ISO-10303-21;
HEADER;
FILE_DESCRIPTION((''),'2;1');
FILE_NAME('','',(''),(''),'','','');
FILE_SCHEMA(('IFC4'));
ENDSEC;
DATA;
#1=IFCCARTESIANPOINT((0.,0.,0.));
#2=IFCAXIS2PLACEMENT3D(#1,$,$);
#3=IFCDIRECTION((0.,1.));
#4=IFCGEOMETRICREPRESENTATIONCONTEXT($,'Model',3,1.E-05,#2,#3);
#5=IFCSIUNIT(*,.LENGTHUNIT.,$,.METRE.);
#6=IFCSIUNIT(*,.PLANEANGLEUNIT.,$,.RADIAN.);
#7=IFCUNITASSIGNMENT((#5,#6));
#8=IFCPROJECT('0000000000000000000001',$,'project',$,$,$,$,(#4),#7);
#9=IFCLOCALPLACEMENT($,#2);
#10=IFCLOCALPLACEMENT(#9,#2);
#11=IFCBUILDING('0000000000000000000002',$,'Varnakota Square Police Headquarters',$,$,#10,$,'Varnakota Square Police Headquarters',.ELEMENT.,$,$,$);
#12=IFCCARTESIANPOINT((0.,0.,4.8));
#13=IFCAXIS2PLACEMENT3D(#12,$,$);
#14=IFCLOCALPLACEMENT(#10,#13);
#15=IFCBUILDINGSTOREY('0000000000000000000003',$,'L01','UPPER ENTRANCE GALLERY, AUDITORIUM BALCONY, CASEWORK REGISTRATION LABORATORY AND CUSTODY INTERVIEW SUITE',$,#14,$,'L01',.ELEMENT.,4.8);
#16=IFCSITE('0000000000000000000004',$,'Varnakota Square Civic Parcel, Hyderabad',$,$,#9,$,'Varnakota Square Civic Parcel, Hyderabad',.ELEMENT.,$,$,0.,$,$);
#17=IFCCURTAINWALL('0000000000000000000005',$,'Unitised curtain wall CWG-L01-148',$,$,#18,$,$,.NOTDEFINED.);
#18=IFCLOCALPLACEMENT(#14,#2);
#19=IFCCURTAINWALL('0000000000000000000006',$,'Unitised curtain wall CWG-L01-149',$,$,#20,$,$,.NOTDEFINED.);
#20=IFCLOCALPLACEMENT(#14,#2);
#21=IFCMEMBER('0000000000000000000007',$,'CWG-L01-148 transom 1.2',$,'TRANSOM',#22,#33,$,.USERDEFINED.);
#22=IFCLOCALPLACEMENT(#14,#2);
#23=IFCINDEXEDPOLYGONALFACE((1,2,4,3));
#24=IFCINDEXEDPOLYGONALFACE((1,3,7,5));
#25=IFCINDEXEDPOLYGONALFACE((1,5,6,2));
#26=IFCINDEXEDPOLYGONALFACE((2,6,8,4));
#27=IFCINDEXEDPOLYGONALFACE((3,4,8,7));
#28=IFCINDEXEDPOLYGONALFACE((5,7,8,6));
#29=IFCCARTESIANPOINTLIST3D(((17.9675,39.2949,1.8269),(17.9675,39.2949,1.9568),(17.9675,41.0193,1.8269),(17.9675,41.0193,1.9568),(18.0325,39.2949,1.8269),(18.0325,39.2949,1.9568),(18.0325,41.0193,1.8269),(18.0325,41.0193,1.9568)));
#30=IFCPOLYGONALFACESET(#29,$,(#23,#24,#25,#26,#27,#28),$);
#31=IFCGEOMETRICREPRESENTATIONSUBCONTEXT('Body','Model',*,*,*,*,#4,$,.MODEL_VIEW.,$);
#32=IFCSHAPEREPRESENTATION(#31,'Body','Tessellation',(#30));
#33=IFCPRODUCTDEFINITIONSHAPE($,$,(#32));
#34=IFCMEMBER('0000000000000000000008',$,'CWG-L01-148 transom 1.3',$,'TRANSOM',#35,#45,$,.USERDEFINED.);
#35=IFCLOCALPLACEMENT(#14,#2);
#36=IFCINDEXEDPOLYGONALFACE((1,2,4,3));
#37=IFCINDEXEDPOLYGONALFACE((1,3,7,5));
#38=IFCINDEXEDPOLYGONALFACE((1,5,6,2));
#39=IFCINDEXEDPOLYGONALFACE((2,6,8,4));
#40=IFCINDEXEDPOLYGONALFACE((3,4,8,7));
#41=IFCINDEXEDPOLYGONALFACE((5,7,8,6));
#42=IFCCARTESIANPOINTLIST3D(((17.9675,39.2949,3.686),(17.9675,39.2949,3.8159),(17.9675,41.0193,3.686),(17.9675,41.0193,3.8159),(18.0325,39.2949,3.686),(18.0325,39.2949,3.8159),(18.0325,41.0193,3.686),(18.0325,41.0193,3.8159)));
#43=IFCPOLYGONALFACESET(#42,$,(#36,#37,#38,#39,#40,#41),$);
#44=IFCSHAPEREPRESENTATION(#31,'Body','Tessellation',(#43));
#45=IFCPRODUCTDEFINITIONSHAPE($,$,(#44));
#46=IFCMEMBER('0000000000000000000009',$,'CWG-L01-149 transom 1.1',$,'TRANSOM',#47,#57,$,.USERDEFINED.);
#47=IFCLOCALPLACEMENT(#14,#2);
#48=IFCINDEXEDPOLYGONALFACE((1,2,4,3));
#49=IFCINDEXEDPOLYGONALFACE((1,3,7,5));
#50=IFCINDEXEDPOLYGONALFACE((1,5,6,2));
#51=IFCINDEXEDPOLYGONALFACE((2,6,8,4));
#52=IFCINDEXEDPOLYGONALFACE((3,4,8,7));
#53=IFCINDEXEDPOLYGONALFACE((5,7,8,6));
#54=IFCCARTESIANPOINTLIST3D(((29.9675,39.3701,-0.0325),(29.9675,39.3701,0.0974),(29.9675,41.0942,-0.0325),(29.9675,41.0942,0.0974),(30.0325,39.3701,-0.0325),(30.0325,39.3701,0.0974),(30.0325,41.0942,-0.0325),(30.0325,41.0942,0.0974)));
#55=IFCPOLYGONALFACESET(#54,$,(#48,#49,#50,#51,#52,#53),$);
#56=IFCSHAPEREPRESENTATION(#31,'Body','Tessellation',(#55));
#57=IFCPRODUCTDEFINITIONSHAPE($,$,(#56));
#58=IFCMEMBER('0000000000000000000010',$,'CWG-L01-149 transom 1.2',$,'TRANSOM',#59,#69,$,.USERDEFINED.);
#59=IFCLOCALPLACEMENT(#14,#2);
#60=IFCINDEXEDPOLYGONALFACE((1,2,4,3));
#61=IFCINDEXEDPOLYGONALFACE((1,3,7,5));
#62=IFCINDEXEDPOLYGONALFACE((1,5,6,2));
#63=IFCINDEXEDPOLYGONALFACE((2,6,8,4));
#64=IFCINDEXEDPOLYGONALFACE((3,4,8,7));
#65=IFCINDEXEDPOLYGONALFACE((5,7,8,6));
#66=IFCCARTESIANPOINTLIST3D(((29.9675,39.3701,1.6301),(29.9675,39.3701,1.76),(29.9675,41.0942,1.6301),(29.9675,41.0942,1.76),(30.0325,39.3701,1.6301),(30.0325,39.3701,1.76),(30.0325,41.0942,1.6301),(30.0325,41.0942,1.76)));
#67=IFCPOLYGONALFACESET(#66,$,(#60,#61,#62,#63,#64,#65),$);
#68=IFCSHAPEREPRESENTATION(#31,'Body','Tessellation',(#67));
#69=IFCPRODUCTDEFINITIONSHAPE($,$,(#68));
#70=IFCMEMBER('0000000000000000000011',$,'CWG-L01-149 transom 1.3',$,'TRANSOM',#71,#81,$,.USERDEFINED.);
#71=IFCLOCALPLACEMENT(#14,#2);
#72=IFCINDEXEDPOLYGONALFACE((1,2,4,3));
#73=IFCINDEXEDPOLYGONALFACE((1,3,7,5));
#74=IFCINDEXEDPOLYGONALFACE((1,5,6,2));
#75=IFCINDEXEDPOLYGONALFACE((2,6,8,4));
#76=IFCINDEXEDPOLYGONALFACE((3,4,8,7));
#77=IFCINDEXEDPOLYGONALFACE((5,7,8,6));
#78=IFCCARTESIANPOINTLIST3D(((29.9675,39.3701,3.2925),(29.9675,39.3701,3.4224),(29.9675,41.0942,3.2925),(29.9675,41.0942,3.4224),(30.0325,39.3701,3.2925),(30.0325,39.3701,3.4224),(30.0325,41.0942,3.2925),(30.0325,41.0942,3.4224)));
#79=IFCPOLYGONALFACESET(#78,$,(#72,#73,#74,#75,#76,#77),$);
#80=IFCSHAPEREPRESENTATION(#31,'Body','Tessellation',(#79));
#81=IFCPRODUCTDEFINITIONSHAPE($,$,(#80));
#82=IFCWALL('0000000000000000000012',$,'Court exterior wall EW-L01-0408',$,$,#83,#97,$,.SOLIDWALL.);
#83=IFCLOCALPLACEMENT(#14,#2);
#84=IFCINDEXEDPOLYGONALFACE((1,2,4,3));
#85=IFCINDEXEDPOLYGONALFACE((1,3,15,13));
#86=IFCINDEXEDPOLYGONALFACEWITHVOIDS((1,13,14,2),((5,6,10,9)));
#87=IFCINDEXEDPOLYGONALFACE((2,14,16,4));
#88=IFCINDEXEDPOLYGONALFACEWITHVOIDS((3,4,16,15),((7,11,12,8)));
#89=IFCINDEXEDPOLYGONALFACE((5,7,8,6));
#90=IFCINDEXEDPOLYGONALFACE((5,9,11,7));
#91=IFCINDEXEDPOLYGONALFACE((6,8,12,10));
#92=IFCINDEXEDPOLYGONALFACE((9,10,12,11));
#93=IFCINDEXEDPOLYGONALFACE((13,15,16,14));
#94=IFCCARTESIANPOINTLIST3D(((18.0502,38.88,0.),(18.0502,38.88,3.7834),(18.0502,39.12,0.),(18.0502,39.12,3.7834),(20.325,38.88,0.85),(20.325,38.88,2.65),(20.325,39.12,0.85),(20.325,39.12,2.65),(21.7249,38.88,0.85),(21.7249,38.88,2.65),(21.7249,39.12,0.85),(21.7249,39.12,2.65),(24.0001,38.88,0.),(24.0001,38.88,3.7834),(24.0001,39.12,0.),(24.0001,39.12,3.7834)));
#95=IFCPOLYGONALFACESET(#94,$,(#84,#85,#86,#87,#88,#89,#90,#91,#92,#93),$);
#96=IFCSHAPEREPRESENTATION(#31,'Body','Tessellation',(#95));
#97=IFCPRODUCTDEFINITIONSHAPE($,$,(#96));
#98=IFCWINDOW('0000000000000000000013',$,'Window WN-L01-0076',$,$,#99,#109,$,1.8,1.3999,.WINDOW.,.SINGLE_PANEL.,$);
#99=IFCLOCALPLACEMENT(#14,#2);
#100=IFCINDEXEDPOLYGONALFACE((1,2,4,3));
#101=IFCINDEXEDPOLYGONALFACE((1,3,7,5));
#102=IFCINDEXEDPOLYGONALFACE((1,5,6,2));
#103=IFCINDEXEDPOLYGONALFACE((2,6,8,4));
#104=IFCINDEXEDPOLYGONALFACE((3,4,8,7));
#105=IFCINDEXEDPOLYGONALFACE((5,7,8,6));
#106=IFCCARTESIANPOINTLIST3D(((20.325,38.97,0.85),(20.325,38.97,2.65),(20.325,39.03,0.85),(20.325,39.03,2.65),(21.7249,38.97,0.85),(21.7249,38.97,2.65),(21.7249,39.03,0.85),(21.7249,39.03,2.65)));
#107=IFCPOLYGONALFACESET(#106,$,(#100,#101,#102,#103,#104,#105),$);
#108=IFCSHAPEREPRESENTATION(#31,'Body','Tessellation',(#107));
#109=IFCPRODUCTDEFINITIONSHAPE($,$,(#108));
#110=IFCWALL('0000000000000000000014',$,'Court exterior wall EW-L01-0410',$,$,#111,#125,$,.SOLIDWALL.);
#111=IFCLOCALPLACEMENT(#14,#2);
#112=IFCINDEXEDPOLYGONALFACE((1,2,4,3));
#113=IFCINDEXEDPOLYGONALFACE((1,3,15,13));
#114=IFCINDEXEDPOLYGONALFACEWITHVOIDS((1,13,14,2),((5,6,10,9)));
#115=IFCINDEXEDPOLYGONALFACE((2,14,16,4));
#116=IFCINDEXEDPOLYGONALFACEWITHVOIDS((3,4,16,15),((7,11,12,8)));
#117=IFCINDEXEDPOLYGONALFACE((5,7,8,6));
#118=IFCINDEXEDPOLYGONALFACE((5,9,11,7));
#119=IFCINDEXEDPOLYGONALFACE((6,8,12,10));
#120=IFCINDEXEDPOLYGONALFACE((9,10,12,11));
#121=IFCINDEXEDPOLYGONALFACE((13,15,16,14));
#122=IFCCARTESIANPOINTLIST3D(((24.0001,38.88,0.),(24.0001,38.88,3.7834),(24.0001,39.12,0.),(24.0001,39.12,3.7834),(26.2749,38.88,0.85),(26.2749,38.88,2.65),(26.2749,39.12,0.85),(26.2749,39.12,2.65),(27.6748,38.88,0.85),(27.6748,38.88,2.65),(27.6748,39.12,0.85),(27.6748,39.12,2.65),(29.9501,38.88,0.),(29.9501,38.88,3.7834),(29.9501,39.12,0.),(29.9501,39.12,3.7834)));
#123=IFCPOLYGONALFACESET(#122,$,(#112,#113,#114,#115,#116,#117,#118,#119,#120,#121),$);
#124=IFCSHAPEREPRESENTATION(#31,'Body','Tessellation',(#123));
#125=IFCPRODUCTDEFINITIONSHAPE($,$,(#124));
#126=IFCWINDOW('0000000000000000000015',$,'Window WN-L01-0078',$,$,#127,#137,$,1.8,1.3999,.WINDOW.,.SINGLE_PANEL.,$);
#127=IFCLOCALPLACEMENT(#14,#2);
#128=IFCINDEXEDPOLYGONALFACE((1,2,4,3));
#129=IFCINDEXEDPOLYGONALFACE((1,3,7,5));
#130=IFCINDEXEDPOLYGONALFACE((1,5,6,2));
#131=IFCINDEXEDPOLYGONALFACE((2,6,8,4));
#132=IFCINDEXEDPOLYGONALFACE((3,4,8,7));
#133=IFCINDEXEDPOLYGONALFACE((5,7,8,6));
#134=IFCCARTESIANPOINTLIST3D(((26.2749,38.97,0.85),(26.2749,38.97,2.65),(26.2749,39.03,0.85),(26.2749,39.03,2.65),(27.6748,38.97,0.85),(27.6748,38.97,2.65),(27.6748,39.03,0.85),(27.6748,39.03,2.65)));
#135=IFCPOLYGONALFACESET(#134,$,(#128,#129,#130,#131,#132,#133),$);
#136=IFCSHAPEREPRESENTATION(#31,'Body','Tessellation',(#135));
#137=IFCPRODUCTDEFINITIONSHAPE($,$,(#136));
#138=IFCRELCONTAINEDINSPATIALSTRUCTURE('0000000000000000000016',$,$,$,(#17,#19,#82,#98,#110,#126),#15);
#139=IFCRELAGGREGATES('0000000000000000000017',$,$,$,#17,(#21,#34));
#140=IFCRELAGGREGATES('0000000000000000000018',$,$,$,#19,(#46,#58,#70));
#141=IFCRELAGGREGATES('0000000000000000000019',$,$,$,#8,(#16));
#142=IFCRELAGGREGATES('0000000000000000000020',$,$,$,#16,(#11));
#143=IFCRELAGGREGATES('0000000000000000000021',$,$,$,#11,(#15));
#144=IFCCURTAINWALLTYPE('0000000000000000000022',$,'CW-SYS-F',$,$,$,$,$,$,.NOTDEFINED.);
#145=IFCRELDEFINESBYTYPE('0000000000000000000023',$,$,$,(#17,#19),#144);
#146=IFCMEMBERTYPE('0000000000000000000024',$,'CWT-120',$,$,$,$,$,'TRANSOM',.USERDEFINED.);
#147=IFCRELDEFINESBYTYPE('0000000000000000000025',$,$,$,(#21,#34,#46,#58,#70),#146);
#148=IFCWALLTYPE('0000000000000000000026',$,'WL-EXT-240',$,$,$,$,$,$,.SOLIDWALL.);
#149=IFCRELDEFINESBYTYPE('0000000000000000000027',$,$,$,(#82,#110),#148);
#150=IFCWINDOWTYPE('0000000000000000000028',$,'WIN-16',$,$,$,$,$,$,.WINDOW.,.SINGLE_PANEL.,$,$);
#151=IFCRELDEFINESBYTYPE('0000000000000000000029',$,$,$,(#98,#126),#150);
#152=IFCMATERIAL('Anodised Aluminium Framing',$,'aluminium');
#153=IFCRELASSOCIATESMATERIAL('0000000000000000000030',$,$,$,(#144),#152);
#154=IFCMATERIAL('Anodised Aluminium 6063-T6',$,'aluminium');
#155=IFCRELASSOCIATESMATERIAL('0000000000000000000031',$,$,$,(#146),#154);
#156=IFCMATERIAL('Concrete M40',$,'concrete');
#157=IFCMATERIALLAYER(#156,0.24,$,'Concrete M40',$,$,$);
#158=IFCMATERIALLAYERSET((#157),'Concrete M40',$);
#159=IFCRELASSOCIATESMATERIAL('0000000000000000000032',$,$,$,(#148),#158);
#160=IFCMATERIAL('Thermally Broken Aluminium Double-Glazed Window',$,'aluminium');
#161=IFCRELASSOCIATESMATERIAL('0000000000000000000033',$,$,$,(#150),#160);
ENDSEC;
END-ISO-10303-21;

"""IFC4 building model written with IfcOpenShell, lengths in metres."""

from ifc_helpers import new_model, si_unit, direction, frame, frame_2d, origin, origin_2d, place, context, subcontext, project, spatial, rectangle, extrude, material, layer, layer_set, material_profile, profile_set, type_object, element, fill, aggregate, save


model = new_model("IFC4")

# Units and contexts
model_context = context("Model", 3, precision=1e-05, world=origin(), true_north=direction((0.0, 1.0)))
body_context = subcontext(model_context, "Body", "Model", "MODEL_VIEW")
ifc_project = project(units=[si_unit("LENGTHUNIT", "METRE"), si_unit("PLANEANGLEUNIT", "RADIAN")], contexts=[model_context])

# Site, building, storey
site_placement = place(None, origin())
site = spatial("IfcSite", under=ifc_project, at=site_placement, Name="Varnakota Square Civic Parcel, Hyderabad", LongName="Varnakota Square Civic Parcel, Hyderabad", CompositionType="ELEMENT", RefElevation=0.0)
building_placement = place(site_placement, origin())
building = spatial("IfcBuilding", under=site, at=building_placement, Name="Varnakota Square Police Headquarters", LongName="Varnakota Square Police Headquarters", CompositionType="ELEMENT")
storey_placement = place(building_placement, frame((0.0, 0.0, 4.8)))
storey = spatial("IfcBuildingStorey", under=building, at=storey_placement, Name="L01", Description="UPPER ENTRANCE GALLERY, AUDITORIUM BALCONY, CASEWORK REGISTRATION LABORATORY AND CUSTODY INTERVIEW SUITE", LongName="L01", CompositionType="ELEMENT", Elevation=4.8)

# Curtain walls
ifc_material_1 = material(Name="Anodised Aluminium Framing", Category="aluminium")
curtain_wall_type = type_object("IfcCurtainWallType", Name="CW-SYS-F", PredefinedType="NOTDEFINED", material=ifc_material_1)
curtain_wall_1_placement = place(storey_placement, origin())
curtain_wall_1 = element("IfcCurtainWall", 1, at=curtain_wall_1_placement, inside=storey, type_object=curtain_wall_type, Name="Unitised curtain wall CWG-L01-148", PredefinedType="NOTDEFINED")
ifc_material_2 = material(Name="Anodised Aluminium 6063-T6", Category="aluminium")
curtain_wall_2_placement = place(storey_placement, origin())
curtain_wall_2 = element("IfcCurtainWall", 2, at=curtain_wall_2_placement, inside=storey, type_object=curtain_wall_type, Name="Unitised curtain wall CWG-L01-149", PredefinedType="NOTDEFINED")

# Members
ifc_material_profile_1 = material_profile(ifc_material_2, rectangle(XDim=0.0649, YDim=0.1299, at=origin_2d()), Name="ALU TRANSOM 65x130")
ifc_profile_set_1 = profile_set([ifc_material_profile_1], Name="Anodised Aluminium 6063-T6")
member_type_1 = type_object("IfcMemberType", Name="CWT-120", ElementType="TRANSOM", PredefinedType="USERDEFINED", material=ifc_profile_set_1)
member_1_placement = place(storey_placement, frame((18.0, 39.2949, 1.8918), z_axis=(0.0, 1.0, 0.0), x_axis=(-1.0, 0.0, 0.0)))
member_1 = element("IfcMember", 3, at=member_1_placement, type_object=member_type_1, Name="CWG-L01-148 transom 1.2", ObjectType="TRANSOM", PredefinedType="USERDEFINED", context=body_context, shape_type="SweptSolid", body=[
    extrude(rectangle(XDim=0.0649, YDim=0.1299, at=origin_2d()), origin(), (0.0, 0.0, 1.0), 1.7244),
])
member_2_placement = place(storey_placement, frame((18.0, 39.2949, 3.751), z_axis=(0.0, 1.0, 0.0), x_axis=(-1.0, 0.0, 0.0)))
member_2 = element("IfcMember", 4, at=member_2_placement, type_object=member_type_1, Name="CWG-L01-148 transom 1.3", ObjectType="TRANSOM", PredefinedType="USERDEFINED", context=body_context, shape_type="SweptSolid", body=[
    extrude(rectangle(XDim=0.0649, YDim=0.1299, at=origin_2d()), origin(), (0.0, 0.0, 1.0), 1.7244),
])
aggregate(curtain_wall_1, [member_1, member_2])
member_3_placement = place(storey_placement, frame((30.0, 39.3701, 0.0325), z_axis=(0.0, 1.0, 0.0), x_axis=(-1.0, 0.0, 0.0)))
member_3 = element("IfcMember", 5, at=member_3_placement, type_object=member_type_1, Name="CWG-L01-149 transom 1.1", ObjectType="TRANSOM", PredefinedType="USERDEFINED", context=body_context, shape_type="SweptSolid", body=[
    extrude(rectangle(XDim=0.0649, YDim=0.1299, at=origin_2d()), origin(), (0.0, 0.0, 1.0), 1.7241),
])
member_4_placement = place(storey_placement, frame((30.0, 39.3701, 1.6951), z_axis=(0.0, 1.0, 0.0), x_axis=(-1.0, 0.0, 0.0)))
member_4 = element("IfcMember", 6, at=member_4_placement, type_object=member_type_1, Name="CWG-L01-149 transom 1.2", ObjectType="TRANSOM", PredefinedType="USERDEFINED", context=body_context, shape_type="SweptSolid", body=[
    extrude(rectangle(XDim=0.0649, YDim=0.1299, at=origin_2d()), origin(), (0.0, 0.0, 1.0), 1.7241),
])
member_5_placement = place(storey_placement, frame((30.0, 39.3701, 3.3574), z_axis=(0.0, 1.0, 0.0), x_axis=(-1.0, 0.0, 0.0)))
member_5 = element("IfcMember", 7, at=member_5_placement, type_object=member_type_1, Name="CWG-L01-149 transom 1.3", ObjectType="TRANSOM", PredefinedType="USERDEFINED", context=body_context, shape_type="SweptSolid", body=[
    extrude(rectangle(XDim=0.0649, YDim=0.1299, at=origin_2d()), origin(), (0.0, 0.0, 1.0), 1.7241),
])
aggregate(curtain_wall_2, [member_3, member_4, member_5])

# Walls, openings, windows
ifc_material_3 = material(Name="Concrete M40", Category="concrete")
ifc_layer = layer(ifc_material_3, 0.24, Name="Concrete M40")
ifc_layer_set = layer_set([ifc_layer], Name="Concrete M40")
wall_type = type_object("IfcWallType", Name="WL-EXT-240", PredefinedType="SOLIDWALL", material=ifc_layer_set)
wall_1_placement = place(storey_placement, frame((18.05, 39.0, 0.0), z_axis=(0.0, 0.0, 1.0), x_axis=(1.0, 0.0, 0.0)))
wall_1 = element("IfcWall", 8, at=wall_1_placement, inside=storey, type_object=wall_type, Name="Court exterior wall EW-L01-0408", PredefinedType="SOLIDWALL", context=body_context, shape_type="SweptSolid", body=[
    extrude(rectangle(XDim=5.95, YDim=0.24, at=frame_2d((2.9751, 0.0))), origin(), (0.0, 0.0, 1.0), 3.7834),
])
opening_1_placement = place(wall_1_placement, frame((2.2749, 0.0, 0.8501)))
opening_1 = element("IfcOpeningElement", 9, at=opening_1_placement, cuts=wall_1, PredefinedType="OPENING", context=body_context, shape_type="SweptSolid", body=[
    extrude(rectangle(XDim=1.3999, YDim=1.8, at=frame_2d((0.7, 0.8999))), frame((0.0, 0.1299, 0.0), z_axis=(0.0, -1.0, 0.0), x_axis=(1.0, 0.0, 0.0)), (0.0, 0.0, 1.0), 0.26),
])
ifc_material_4 = material(Name="Thermally Broken Aluminium Double-Glazed Window", Category="aluminium")
window_type = type_object("IfcWindowType", Name="WIN-16", PartitioningType="SINGLE_PANEL", PredefinedType="WINDOW", material=ifc_material_4)
window_1_placement = place(opening_1_placement, origin())
window_1 = element("IfcWindow", 10, at=window_1_placement, inside=storey, type_object=window_type, Name="Window WN-L01-0076", OverallHeight=1.8, OverallWidth=1.3999, PartitioningType="SINGLE_PANEL", PredefinedType="WINDOW", context=body_context, shape_type="SweptSolid", body=[
    extrude(rectangle(XDim=1.3999, YDim=1.8, at=frame_2d((0.7, 0.8999))), frame((0.0, 0.03, 0.0), z_axis=(0.0, -1.0, 0.0), x_axis=(1.0, 0.0, 0.0)), (0.0, 0.0, 1.0), 0.0601),
])
fill(opening_1, window_1)
wall_2_placement = place(storey_placement, frame((24.0, 39.0, 0.0), z_axis=(0.0, 0.0, 1.0), x_axis=(1.0, 0.0, 0.0)))
wall_2 = element("IfcWall", 11, at=wall_2_placement, inside=storey, type_object=wall_type, Name="Court exterior wall EW-L01-0410", PredefinedType="SOLIDWALL", context=body_context, shape_type="SweptSolid", body=[
    extrude(rectangle(XDim=5.95, YDim=0.24, at=frame_2d((2.9751, 0.0))), origin(), (0.0, 0.0, 1.0), 3.7834),
])
opening_2_placement = place(wall_2_placement, frame((2.2749, 0.0, 0.8501)))
opening_2 = element("IfcOpeningElement", 12, at=opening_2_placement, cuts=wall_2, PredefinedType="OPENING", context=body_context, shape_type="SweptSolid", body=[
    extrude(rectangle(XDim=1.3999, YDim=1.8, at=frame_2d((0.7, 0.8999))), frame((0.0, 0.1299, 0.0), z_axis=(0.0, -1.0, 0.0), x_axis=(1.0, 0.0, 0.0)), (0.0, 0.0, 1.0), 0.26),
])
window_2_placement = place(opening_2_placement, origin())
window_2 = element("IfcWindow", 13, at=window_2_placement, inside=storey, type_object=window_type, Name="Window WN-L01-0078", OverallHeight=1.8, OverallWidth=1.3999, PartitioningType="SINGLE_PANEL", PredefinedType="WINDOW", context=body_context, shape_type="SweptSolid", body=[
    extrude(rectangle(XDim=1.3999, YDim=1.8, at=frame_2d((0.7, 0.8999))), frame((0.0, 0.03, 0.0), z_axis=(0.0, -1.0, 0.0), x_axis=(1.0, 0.0, 0.0)), (0.0, 0.0, 1.0), 0.0601),
])
fill(opening_2, window_2)

save(model, "model.ifc")
